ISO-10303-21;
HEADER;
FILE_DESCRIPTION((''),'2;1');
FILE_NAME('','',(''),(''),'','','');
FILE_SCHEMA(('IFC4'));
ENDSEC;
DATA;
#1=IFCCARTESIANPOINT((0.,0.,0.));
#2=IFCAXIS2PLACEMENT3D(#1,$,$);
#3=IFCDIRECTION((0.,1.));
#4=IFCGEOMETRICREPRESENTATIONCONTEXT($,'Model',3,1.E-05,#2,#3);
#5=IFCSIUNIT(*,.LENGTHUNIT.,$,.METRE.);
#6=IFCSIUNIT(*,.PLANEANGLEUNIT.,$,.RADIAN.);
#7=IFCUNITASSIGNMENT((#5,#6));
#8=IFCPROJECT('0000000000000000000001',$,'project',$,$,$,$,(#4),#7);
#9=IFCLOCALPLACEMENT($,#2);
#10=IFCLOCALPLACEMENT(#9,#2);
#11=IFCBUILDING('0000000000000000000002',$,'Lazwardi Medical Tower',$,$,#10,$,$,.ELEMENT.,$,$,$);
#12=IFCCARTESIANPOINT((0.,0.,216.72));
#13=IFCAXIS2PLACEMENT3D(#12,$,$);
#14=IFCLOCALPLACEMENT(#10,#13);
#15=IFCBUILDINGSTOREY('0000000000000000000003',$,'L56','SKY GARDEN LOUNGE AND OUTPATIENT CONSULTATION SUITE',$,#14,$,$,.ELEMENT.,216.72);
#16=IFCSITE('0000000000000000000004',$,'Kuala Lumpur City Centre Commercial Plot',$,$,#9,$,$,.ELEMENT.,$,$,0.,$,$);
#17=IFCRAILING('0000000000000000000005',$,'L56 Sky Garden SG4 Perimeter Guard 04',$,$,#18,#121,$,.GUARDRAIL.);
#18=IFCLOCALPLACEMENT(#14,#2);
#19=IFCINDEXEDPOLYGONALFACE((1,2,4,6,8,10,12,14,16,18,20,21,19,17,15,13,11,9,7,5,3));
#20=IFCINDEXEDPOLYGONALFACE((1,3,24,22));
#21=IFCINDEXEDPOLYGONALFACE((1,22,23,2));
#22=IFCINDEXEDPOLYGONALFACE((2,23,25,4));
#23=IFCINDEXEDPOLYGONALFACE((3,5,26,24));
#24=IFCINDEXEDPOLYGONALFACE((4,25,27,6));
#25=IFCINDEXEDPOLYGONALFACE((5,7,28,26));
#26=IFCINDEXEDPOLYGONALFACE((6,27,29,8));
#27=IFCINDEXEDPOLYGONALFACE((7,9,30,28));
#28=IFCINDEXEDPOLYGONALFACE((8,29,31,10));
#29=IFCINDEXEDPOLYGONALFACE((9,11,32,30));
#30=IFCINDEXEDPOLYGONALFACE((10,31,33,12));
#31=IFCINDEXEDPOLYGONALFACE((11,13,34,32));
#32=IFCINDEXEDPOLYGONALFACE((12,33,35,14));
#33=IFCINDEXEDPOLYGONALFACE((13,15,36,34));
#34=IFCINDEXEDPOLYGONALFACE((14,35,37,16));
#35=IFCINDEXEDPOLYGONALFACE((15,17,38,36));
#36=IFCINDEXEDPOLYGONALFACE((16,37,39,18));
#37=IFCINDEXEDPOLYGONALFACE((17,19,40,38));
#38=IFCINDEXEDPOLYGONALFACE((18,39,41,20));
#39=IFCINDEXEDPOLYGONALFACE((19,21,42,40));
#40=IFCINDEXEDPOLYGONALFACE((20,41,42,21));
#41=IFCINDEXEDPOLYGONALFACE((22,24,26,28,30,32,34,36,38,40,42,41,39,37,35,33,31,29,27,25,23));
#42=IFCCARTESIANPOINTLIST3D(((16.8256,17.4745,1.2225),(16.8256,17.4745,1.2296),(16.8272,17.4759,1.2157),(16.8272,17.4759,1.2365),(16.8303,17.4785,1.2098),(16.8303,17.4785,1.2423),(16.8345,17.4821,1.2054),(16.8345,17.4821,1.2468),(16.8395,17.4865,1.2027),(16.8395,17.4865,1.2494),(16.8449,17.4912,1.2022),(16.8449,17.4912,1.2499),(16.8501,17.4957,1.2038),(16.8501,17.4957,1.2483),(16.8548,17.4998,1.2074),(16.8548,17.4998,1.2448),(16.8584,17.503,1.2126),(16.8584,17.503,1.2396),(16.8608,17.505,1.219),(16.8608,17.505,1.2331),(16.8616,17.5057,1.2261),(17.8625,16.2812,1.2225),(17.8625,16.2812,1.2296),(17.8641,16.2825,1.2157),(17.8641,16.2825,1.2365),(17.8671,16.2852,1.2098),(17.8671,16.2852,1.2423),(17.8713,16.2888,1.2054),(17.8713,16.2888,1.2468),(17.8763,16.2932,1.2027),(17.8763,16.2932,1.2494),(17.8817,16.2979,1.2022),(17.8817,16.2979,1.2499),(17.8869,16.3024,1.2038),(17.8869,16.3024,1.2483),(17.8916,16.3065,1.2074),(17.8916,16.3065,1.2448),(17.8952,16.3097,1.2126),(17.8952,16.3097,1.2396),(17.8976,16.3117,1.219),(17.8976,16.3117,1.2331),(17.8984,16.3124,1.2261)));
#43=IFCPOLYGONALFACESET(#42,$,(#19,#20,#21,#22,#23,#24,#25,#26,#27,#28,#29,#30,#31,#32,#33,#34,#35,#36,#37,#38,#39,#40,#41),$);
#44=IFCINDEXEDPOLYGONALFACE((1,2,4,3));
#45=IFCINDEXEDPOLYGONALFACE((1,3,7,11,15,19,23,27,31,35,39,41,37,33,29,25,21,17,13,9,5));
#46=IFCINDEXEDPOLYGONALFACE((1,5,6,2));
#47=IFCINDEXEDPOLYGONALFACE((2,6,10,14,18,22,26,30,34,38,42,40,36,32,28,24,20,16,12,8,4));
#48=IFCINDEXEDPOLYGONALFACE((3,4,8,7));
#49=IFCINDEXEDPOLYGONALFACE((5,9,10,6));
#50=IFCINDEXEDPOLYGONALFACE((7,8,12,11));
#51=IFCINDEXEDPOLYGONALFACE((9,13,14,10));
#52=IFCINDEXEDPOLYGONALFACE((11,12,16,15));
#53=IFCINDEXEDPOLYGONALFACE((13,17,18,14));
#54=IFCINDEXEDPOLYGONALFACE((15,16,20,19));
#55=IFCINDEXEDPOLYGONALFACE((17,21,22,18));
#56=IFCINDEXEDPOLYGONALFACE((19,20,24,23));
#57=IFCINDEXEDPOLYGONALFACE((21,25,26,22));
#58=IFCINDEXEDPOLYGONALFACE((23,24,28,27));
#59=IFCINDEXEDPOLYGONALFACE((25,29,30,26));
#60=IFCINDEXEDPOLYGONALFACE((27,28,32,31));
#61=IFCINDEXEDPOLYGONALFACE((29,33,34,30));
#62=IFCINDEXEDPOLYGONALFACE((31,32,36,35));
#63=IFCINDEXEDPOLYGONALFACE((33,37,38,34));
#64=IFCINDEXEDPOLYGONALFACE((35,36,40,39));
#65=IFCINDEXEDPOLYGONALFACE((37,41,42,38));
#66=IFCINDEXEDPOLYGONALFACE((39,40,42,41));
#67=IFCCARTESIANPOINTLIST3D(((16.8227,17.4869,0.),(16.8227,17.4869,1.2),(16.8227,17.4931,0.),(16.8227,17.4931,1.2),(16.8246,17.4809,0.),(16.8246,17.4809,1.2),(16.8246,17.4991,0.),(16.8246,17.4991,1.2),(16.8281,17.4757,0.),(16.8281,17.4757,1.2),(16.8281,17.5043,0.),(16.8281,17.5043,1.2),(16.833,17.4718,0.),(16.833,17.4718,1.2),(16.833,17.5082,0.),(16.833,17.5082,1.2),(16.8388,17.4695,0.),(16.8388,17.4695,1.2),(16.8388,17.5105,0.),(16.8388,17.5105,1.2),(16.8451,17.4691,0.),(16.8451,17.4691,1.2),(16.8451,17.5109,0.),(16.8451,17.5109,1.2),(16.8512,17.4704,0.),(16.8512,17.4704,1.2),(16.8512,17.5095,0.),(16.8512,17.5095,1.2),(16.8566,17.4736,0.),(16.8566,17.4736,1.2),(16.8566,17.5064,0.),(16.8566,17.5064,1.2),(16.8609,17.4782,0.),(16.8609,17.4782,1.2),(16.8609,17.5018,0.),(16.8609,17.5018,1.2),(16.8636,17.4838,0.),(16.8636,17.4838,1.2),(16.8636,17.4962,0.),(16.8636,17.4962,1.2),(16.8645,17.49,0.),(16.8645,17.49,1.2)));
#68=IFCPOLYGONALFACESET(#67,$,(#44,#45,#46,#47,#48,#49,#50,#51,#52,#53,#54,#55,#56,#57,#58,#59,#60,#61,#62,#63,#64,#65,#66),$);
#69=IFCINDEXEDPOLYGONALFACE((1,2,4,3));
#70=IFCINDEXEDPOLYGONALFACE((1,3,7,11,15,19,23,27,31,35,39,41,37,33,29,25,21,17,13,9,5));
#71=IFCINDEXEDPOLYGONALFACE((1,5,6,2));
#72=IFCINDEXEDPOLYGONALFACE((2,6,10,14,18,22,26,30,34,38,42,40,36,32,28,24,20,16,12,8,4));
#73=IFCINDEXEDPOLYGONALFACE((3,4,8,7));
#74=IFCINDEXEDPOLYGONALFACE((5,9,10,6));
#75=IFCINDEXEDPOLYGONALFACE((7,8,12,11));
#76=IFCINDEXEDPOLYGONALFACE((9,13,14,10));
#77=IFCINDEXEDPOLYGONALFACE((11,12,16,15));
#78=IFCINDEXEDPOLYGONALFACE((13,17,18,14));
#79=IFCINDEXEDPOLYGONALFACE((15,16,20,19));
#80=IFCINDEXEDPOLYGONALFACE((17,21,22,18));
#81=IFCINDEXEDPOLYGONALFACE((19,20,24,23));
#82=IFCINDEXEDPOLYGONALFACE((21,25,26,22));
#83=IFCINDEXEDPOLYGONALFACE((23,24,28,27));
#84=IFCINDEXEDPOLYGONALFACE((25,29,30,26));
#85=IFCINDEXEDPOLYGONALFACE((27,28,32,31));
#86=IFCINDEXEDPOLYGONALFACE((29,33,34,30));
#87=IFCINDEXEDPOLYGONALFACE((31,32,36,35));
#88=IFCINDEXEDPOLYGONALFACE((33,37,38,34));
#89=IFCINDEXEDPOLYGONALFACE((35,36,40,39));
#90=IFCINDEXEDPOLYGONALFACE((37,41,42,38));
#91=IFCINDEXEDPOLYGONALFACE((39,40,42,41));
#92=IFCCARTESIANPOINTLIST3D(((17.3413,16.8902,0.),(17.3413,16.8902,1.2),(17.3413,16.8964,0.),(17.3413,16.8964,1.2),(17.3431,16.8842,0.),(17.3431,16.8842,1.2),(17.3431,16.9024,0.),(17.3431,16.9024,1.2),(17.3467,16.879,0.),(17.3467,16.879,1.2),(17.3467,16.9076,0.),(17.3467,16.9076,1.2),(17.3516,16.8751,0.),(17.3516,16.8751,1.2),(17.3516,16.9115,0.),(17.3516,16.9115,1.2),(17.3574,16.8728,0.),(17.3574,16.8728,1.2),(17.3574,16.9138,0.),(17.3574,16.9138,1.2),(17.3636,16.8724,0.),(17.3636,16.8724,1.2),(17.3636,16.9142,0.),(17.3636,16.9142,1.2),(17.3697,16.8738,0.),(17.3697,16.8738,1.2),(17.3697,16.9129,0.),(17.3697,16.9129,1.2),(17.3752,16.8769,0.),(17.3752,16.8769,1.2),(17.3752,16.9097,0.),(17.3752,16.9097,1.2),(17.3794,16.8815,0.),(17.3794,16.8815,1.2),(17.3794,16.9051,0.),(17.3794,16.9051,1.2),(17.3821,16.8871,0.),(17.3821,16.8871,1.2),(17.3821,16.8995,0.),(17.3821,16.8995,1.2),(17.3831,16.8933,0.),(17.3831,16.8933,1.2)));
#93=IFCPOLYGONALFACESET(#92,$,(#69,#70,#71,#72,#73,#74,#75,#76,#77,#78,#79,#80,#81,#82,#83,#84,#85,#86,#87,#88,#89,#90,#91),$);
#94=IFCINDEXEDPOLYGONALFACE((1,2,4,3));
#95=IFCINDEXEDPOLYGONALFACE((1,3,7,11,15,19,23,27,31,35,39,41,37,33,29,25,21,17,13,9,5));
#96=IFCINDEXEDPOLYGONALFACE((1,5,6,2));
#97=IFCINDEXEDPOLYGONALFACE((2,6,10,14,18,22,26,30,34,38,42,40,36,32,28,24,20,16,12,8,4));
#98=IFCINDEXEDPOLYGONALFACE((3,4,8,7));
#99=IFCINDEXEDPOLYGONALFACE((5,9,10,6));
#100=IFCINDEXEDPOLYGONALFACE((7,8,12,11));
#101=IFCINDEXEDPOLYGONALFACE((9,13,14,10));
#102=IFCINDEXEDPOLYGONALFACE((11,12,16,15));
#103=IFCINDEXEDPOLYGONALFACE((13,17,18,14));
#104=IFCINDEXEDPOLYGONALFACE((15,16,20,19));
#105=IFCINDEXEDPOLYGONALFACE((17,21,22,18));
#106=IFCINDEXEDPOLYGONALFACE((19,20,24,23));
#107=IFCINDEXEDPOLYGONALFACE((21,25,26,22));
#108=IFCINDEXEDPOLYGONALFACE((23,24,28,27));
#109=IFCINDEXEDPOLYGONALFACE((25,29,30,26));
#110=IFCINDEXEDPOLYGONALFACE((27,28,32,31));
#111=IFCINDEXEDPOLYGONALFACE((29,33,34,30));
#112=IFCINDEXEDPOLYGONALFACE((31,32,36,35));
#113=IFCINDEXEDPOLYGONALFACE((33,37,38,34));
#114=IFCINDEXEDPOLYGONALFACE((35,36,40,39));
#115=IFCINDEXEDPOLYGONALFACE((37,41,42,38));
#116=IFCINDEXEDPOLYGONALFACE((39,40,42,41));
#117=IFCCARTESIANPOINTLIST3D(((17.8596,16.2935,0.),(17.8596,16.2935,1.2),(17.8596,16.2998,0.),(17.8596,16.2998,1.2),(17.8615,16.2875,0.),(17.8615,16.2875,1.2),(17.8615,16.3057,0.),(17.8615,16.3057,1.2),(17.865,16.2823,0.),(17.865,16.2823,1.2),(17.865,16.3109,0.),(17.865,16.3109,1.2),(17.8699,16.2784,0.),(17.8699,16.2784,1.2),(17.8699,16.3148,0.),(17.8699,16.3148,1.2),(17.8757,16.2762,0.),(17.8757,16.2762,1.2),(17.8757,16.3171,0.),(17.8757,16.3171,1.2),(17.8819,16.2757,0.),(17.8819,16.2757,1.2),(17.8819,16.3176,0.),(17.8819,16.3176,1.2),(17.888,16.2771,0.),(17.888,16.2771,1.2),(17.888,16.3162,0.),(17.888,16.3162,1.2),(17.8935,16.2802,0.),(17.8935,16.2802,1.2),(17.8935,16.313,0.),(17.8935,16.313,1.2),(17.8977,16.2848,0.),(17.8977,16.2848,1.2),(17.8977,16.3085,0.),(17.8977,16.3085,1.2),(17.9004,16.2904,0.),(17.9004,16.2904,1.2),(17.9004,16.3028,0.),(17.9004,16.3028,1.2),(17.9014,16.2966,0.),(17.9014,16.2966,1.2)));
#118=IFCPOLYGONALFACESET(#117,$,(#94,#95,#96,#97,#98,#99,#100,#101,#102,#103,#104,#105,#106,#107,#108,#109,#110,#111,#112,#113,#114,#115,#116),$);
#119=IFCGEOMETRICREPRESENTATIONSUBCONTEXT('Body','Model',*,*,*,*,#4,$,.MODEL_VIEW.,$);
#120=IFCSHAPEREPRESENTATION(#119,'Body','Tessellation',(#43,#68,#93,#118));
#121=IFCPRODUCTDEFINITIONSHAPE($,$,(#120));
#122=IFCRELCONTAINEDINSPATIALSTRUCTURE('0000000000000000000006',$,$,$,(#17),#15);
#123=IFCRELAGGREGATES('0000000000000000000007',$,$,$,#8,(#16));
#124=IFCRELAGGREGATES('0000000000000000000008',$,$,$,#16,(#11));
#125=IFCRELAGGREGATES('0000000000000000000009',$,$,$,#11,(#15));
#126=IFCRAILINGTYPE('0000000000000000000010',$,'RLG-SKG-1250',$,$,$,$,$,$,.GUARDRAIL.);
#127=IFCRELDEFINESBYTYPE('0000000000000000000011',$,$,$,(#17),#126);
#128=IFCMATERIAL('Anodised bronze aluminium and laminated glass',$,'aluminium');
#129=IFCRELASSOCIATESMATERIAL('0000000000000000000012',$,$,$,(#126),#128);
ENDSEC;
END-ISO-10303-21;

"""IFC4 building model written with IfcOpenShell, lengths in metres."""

from ifc_helpers import new_model, si_unit, direction, frame, origin, origin_2d, place, context, subcontext, project, spatial, circle, extrude, material, type_object, element, save


model = new_model("IFC4")

# Units and contexts
model_context = context("Model", 3, precision=1e-05, world=origin(), true_north=direction((0.0, 1.0)))
body_context = subcontext(model_context, "Body", "Model", "MODEL_VIEW")
ifc_project = project(units=[si_unit("LENGTHUNIT", "METRE"), si_unit("PLANEANGLEUNIT", "RADIAN")], contexts=[model_context])

# Site, building, storey
site_placement = place(None, origin())
site = spatial("IfcSite", under=ifc_project, at=site_placement, Name="Kuala Lumpur City Centre Commercial Plot", CompositionType="ELEMENT", RefElevation=0.0)
building_placement = place(site_placement, origin())
building = spatial("IfcBuilding", under=site, at=building_placement, Name="Lazwardi Medical Tower", CompositionType="ELEMENT")
storey_placement = place(building_placement, frame((0.0, 0.0, 216.72)))
storey = spatial("IfcBuildingStorey", under=building, at=storey_placement, Name="L56", Description="SKY GARDEN LOUNGE AND OUTPATIENT CONSULTATION SUITE", CompositionType="ELEMENT", Elevation=216.72)

# Shared definitions
ifc_material_1 = material(Name="Anodised bronze aluminium and laminated glass", Category="aluminium")

# Railing
railing_type = type_object("IfcRailingType", Name="RLG-SKG-1250", PredefinedType="GUARDRAIL", material=ifc_material_1)
railing_1_placement = place(storey_placement, frame((16.8435, 17.49, 0.0)))
element("IfcRailing", 1, at=railing_1_placement, inside=storey, type_object=railing_type, Name="L56 Sky Garden SG4 Perimeter Guard 04", PredefinedType="GUARDRAIL", context=body_context, shape_type="SweptSolid", body=[
    extrude(circle(Radius=0.0239, at=origin_2d()), frame((0.0, 0.0, 1.2261), z_axis=(0.655877, -0.754868, 0.0), x_axis=(0.754868, 0.655877, 0.0)), (0.0, 0.0, 1.0), 1.5808),
    extrude(circle(Radius=0.021, at=origin_2d()), origin(), (0.0, 0.0, 1.0), 1.2),
    extrude(circle(Radius=0.021, at=origin_2d()), frame((0.5186, -0.5967, 0.0)), (0.0, 0.0, 1.0), 1.2),
    extrude(circle(Radius=0.021, at=origin_2d()), frame((1.0369, -1.1934, 0.0)), (0.0, 0.0, 1.0), 1.2),
])

save(model, "model.ifc")
